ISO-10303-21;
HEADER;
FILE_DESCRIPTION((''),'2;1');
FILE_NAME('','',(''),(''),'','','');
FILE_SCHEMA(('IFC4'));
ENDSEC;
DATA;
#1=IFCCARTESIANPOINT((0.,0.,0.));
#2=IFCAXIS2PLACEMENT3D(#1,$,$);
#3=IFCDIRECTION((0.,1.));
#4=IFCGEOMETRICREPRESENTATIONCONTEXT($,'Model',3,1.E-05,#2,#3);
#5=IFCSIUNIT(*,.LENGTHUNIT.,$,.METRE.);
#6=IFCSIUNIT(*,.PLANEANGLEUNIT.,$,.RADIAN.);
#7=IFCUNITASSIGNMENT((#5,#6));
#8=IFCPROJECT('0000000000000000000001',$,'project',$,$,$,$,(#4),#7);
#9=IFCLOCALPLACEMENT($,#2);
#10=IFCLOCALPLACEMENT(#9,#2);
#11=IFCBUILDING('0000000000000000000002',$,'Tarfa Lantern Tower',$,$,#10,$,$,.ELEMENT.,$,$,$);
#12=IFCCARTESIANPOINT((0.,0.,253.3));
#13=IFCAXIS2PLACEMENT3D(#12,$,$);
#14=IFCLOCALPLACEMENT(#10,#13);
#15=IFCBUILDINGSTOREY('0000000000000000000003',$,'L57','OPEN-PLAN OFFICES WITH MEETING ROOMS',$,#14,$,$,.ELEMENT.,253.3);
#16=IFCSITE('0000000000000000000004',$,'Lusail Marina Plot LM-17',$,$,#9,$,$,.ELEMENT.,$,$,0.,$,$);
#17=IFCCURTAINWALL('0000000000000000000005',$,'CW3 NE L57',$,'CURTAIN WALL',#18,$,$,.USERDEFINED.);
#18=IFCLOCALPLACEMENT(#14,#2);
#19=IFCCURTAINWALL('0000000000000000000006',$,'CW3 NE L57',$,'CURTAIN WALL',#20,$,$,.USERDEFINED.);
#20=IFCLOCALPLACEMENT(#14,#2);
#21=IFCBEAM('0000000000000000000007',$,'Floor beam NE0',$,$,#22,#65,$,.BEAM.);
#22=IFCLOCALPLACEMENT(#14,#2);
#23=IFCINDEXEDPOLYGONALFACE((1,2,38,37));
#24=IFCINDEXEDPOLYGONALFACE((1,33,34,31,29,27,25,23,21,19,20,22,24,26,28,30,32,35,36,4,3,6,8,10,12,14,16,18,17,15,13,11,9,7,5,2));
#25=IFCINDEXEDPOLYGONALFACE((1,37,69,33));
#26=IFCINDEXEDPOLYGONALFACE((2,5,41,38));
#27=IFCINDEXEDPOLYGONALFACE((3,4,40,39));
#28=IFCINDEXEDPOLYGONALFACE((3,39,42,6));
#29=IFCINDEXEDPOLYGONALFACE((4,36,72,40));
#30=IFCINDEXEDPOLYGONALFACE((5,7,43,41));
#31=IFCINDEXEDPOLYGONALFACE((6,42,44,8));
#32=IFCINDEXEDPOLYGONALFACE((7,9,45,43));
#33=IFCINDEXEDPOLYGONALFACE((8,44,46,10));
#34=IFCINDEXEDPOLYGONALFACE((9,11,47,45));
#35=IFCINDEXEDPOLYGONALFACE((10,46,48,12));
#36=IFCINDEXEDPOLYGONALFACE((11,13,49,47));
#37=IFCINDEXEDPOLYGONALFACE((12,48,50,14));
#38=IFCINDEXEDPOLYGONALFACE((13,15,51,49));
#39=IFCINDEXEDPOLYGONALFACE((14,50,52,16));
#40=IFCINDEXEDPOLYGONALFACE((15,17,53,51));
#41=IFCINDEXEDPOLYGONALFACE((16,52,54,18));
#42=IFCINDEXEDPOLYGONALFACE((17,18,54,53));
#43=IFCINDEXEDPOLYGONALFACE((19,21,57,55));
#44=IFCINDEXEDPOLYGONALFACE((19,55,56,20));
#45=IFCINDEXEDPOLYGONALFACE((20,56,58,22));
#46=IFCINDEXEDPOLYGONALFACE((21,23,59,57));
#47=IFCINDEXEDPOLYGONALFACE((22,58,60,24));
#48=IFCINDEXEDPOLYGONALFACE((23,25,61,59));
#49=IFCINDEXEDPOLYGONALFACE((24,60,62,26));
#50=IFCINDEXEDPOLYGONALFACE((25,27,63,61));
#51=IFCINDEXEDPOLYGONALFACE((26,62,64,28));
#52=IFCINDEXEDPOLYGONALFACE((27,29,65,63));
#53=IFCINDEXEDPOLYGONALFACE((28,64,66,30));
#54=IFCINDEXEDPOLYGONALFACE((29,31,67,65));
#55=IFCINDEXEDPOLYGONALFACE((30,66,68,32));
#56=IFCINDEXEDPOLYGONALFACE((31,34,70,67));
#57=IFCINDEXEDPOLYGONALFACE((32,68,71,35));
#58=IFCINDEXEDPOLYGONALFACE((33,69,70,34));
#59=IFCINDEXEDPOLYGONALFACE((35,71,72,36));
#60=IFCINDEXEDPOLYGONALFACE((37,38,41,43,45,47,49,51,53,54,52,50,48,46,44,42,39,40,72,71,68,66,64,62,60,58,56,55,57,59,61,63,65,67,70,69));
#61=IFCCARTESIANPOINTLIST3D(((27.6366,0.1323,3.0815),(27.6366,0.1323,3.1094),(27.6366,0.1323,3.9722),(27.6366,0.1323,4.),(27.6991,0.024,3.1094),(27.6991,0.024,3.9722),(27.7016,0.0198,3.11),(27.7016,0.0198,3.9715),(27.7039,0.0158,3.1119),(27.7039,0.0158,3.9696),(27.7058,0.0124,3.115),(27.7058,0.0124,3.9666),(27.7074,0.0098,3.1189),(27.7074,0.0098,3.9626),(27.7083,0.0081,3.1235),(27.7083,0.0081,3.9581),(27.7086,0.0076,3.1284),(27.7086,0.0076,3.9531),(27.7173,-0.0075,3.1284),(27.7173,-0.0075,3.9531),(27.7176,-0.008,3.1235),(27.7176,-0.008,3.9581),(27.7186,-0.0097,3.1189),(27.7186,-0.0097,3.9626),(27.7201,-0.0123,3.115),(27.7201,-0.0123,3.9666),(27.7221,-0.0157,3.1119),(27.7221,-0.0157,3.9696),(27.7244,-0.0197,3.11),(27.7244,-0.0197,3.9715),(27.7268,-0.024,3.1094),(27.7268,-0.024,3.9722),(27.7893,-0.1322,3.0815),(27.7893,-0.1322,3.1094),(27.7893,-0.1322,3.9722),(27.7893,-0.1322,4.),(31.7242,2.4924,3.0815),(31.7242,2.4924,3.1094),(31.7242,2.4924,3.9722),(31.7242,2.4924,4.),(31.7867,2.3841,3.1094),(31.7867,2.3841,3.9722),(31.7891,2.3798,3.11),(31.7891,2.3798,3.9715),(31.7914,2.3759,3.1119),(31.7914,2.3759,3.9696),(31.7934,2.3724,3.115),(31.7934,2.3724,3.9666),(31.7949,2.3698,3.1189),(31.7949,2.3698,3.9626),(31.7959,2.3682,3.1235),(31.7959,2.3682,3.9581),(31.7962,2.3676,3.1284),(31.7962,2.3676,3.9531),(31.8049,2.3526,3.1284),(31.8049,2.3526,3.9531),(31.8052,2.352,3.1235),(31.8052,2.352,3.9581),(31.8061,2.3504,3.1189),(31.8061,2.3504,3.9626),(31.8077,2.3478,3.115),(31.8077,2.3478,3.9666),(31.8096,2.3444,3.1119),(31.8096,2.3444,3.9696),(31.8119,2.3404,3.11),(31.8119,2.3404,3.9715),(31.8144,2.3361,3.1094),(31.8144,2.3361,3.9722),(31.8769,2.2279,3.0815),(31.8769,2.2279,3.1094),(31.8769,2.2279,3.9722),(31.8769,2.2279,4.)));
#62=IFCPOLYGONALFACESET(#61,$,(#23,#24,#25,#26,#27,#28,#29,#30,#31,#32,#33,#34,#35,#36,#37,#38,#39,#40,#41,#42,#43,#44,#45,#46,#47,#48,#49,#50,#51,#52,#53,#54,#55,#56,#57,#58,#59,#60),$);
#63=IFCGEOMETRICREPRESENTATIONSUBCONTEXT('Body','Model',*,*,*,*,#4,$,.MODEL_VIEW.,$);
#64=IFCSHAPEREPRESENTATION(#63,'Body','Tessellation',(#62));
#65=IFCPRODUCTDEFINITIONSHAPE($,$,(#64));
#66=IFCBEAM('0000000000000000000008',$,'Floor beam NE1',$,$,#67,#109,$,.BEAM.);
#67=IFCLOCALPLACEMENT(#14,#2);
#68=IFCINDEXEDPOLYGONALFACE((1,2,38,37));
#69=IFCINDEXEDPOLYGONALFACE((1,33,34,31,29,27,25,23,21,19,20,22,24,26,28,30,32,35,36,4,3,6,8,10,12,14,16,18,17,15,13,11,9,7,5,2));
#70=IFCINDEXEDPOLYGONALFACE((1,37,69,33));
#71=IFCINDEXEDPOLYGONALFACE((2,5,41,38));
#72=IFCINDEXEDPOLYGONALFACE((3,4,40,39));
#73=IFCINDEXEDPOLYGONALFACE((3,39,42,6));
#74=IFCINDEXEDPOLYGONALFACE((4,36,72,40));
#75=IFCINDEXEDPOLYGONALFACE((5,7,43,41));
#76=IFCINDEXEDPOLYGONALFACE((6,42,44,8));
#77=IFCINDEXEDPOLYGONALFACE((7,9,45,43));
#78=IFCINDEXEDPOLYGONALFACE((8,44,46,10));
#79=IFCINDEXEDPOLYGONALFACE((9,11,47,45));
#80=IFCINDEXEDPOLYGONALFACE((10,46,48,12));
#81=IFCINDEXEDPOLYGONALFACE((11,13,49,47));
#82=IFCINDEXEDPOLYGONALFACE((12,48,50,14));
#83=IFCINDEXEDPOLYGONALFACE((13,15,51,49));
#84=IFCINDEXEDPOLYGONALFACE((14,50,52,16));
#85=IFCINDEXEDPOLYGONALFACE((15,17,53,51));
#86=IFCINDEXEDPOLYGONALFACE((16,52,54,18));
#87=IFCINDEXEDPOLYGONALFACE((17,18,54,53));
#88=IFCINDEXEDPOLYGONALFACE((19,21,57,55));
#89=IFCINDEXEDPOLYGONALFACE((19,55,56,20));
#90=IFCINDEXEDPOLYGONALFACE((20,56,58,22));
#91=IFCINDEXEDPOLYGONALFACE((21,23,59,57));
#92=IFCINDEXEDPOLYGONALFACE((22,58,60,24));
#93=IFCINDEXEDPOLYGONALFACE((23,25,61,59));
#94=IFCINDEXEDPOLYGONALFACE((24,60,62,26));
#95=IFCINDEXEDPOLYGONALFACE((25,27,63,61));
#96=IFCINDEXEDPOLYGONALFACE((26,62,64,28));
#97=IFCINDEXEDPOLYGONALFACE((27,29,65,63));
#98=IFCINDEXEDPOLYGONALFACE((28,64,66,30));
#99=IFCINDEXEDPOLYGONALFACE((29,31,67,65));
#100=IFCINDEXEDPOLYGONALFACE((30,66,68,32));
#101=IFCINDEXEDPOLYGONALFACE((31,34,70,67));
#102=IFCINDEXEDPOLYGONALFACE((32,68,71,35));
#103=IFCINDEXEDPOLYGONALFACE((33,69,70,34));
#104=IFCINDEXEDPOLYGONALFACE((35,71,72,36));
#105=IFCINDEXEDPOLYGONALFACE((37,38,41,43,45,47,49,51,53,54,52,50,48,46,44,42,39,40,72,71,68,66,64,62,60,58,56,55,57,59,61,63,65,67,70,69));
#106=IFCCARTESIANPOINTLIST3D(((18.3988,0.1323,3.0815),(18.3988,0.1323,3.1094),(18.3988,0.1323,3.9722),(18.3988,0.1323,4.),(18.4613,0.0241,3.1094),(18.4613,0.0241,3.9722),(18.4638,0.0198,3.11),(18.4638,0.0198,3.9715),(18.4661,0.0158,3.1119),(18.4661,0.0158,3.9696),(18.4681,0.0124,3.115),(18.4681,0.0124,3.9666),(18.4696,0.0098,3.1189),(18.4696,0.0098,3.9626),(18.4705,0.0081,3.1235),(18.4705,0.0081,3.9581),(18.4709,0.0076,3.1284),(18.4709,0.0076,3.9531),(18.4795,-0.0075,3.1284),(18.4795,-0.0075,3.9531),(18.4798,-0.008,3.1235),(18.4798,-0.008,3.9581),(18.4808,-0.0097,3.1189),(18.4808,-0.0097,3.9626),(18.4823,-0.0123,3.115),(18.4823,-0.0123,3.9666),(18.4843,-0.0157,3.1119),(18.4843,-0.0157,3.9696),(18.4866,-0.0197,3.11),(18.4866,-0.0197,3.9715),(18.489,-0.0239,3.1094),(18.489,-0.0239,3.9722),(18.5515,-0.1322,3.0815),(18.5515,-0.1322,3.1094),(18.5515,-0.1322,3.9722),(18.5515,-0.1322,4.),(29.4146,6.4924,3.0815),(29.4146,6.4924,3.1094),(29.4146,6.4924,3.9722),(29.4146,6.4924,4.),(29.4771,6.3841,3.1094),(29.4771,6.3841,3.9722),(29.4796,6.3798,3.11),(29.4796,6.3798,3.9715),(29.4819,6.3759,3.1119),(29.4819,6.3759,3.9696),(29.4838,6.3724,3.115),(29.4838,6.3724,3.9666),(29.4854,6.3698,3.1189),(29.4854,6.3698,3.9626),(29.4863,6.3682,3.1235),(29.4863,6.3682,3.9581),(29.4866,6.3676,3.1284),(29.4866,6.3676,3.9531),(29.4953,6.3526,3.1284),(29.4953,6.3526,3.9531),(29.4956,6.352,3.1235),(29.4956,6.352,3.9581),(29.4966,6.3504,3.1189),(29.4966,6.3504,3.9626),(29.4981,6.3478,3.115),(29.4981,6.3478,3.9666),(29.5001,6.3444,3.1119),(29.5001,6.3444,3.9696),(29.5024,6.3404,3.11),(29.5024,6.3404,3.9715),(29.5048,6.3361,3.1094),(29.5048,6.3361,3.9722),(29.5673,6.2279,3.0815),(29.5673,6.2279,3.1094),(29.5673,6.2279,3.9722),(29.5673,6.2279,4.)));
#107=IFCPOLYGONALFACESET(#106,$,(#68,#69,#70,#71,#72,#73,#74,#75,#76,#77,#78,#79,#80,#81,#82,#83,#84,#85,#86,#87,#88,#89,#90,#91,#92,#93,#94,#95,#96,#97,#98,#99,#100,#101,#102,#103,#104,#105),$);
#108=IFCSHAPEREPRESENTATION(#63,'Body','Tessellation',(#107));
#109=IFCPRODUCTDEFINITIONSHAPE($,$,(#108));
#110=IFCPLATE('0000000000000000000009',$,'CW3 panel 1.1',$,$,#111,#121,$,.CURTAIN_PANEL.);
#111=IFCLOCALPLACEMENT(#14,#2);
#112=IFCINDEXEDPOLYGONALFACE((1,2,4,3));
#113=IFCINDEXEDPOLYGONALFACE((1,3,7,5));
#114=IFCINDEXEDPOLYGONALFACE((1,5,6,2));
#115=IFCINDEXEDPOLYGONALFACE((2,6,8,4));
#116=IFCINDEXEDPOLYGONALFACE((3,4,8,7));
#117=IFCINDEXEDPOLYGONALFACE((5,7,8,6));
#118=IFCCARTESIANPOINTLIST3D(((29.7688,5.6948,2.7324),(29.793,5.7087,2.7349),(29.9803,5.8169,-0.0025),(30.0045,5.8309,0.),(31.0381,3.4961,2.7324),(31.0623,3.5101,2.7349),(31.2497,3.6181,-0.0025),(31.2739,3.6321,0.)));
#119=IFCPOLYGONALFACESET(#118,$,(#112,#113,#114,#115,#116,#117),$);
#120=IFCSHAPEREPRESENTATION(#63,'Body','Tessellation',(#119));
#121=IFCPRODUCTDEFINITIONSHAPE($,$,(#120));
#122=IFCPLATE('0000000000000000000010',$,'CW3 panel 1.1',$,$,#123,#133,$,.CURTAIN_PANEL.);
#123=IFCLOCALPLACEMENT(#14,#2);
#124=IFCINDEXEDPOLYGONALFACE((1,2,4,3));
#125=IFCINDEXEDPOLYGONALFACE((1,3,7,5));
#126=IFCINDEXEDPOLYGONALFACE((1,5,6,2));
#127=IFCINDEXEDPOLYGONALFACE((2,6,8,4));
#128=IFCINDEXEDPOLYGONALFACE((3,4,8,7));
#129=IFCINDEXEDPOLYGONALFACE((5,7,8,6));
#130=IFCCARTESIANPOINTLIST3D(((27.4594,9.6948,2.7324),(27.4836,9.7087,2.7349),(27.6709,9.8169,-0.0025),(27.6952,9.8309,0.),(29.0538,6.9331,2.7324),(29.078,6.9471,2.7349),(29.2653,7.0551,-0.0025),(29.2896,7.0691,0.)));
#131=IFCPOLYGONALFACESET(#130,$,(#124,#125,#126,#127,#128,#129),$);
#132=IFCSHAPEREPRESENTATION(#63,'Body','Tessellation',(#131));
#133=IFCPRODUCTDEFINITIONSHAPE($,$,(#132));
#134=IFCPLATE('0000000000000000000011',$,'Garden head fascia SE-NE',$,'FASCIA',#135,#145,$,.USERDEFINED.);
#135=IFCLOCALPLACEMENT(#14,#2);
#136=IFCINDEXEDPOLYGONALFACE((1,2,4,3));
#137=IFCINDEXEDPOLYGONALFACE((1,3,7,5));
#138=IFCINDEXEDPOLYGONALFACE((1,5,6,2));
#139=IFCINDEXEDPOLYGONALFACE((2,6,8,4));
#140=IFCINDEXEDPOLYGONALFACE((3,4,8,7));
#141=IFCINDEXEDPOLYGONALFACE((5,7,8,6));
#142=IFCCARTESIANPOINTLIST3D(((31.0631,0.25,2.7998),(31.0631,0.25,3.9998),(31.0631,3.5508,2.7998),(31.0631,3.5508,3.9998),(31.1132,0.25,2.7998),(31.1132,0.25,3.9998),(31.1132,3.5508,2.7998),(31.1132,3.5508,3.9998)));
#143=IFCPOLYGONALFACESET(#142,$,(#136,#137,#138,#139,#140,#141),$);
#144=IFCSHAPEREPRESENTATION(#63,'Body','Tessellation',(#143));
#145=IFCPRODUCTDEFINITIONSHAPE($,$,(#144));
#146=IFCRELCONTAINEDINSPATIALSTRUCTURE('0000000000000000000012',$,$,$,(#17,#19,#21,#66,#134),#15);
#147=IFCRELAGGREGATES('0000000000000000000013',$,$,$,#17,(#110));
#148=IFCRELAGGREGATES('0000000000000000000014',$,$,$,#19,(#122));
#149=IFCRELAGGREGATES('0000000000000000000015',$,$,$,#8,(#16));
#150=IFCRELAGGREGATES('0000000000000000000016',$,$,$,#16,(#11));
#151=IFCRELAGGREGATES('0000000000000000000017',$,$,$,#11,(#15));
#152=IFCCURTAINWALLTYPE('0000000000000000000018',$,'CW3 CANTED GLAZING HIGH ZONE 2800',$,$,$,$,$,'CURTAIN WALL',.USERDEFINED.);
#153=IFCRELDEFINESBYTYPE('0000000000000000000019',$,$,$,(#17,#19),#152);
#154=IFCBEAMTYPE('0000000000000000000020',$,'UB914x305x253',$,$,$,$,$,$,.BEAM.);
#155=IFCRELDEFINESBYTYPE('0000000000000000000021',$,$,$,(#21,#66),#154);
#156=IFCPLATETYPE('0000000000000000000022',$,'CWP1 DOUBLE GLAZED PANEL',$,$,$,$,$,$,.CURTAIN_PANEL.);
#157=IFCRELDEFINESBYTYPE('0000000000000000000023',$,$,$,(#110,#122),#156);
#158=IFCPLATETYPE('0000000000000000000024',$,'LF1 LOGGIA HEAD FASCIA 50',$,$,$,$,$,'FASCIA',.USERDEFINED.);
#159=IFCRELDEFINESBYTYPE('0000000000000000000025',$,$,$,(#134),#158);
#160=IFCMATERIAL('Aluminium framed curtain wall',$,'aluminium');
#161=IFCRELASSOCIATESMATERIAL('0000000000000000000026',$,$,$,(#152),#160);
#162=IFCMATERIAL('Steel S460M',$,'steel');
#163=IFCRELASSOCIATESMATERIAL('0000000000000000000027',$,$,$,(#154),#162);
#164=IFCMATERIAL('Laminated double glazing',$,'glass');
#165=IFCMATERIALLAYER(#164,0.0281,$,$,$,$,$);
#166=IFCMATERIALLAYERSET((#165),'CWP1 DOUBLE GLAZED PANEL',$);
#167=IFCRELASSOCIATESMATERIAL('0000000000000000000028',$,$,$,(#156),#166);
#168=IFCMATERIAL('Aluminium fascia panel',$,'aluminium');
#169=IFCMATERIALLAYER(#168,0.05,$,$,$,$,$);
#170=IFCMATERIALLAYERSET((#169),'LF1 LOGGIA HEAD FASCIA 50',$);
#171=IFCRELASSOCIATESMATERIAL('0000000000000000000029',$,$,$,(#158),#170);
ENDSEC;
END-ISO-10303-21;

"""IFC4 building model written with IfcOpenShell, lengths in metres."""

from ifc_helpers import new_model, si_unit, direction, frame, origin, origin_2d, place, context, subcontext, project, spatial, polyline, rectangle, i_section, outline, extrude, material, layer, layer_set, material_profile, profile_set, type_object, element, aggregate, save


model = new_model("IFC4")

# Units and contexts
model_context = context("Model", 3, precision=1e-05, world=origin(), true_north=direction((0.0, 1.0)))
body_context = subcontext(model_context, "Body", "Model", "MODEL_VIEW")
ifc_project = project(units=[si_unit("LENGTHUNIT", "METRE"), si_unit("PLANEANGLEUNIT", "RADIAN")], contexts=[model_context])

# Site, building, storey
site_placement = place(None, origin())
site = spatial("IfcSite", under=ifc_project, at=site_placement, Name="Lusail Marina Plot LM-17", CompositionType="ELEMENT", RefElevation=0.0)
building_placement = place(site_placement, origin())
building = spatial("IfcBuilding", under=site, at=building_placement, Name="Tarfa Lantern Tower", CompositionType="ELEMENT")
storey_placement = place(building_placement, frame((0.0, 0.0, 253.3)))
storey = spatial("IfcBuildingStorey", under=building, at=storey_placement, Name="L57", Description="OPEN-PLAN OFFICES WITH MEETING ROOMS", CompositionType="ELEMENT", Elevation=253.3)

# Curtain walls
ifc_material_1 = material(Name="Aluminium framed curtain wall", Category="aluminium")
curtain_wall_type = type_object("IfcCurtainWallType", Name="CW3 CANTED GLAZING HIGH ZONE 2800", ElementType="CURTAIN WALL", PredefinedType="USERDEFINED", material=ifc_material_1)
curtain_wall_1_placement = place(storey_placement, origin())
curtain_wall_1 = element("IfcCurtainWall", 1, at=curtain_wall_1_placement, inside=storey, type_object=curtain_wall_type, Name="CW3 NE L57", ObjectType="CURTAIN WALL", PredefinedType="USERDEFINED")
curtain_wall_2_placement = place(storey_placement, origin())
curtain_wall_2 = element("IfcCurtainWall", 2, at=curtain_wall_2_placement, inside=storey, type_object=curtain_wall_type, Name="CW3 NE L57", ObjectType="CURTAIN WALL", PredefinedType="USERDEFINED")

# Beams
ifc_material_2 = material(Name="Steel S460M", Category="steel")
ifc_material_profile_1 = material_profile(ifc_material_2, i_section(OverallWidth=0.3054, OverallDepth=0.9185, WebThickness=0.0173, FlangeThickness=0.0278, FilletRadius=0.019, at=origin_2d()), Name="UB914x305x253")
ifc_profile_set_1 = profile_set([ifc_material_profile_1], Name="Steel S460M")
beam_type_1 = type_object("IfcBeamType", Name="UB914x305x253", PredefinedType="BEAM", material=ifc_profile_set_1)
beam_1_placement = place(storey_placement, frame((31.8005, 2.3601, 3.5408), z_axis=(-0.866016, -0.500016, 0.0), x_axis=(0.500016, -0.866016, 0.0)))
element("IfcBeam", 3, at=beam_1_placement, inside=storey, type_object=beam_type_1, Name="Floor beam NE0", PredefinedType="BEAM", context=body_context, shape_type="SweptSolid", body=[
    extrude(i_section(OverallWidth=0.3054, OverallDepth=0.9185, WebThickness=0.0173, FlangeThickness=0.0278, FilletRadius=0.019, at=origin_2d()), origin(), (0.0, 0.0, 1.0), 4.72),
])
beam_2_placement = place(storey_placement, frame((29.491, 6.3601, 3.5408), z_axis=(-0.866022, -0.500005, 0.0), x_axis=(0.500005, -0.866022, 0.0)))
element("IfcBeam", 4, at=beam_2_placement, inside=storey, type_object=beam_type_1, Name="Floor beam NE1", PredefinedType="BEAM", context=body_context, shape_type="SweptSolid", body=[
    extrude(i_section(OverallWidth=0.3054, OverallDepth=0.9185, WebThickness=0.0173, FlangeThickness=0.0278, FilletRadius=0.019, at=origin_2d()), origin(), (0.0, 0.0, 1.0), 12.72),
])

# Plates
ifc_material_3 = material(Name="Laminated double glazing", Category="glass")
ifc_layer_1 = layer(ifc_material_3, 0.0281)
ifc_layer_set_1 = layer_set([ifc_layer_1], Name="CWP1 DOUBLE GLAZED PANEL")
plate_type_1 = type_object("IfcPlateType", Name="CWP1 DOUBLE GLAZED PANEL", PredefinedType="CURTAIN_PANEL", material=ifc_layer_set_1)
plate_1_placement = place(storey_placement, frame((31.2739, 3.6321, 0.0), z_axis=(0.862597, 0.49801, 0.088952), x_axis=(-0.499992, 0.86603, 0.000004)))
plate_1 = element("IfcPlate", 5, at=plate_1_placement, type_object=plate_type_1, Name="CW3 panel 1.1", PredefinedType="CURTAIN_PANEL", context=body_context, shape_type="SweptSolid", body=[
    extrude(outline(polyline([(0.0, 0.0), (2.5389, 0.0), (2.5389, 2.7457), (0.0001, 2.7458), (0.0, 0.0)])), origin(), (0.0, 0.0, -1.0), 0.0281),
])
aggregate(curtain_wall_1, [plate_1])
plate_2_placement = place(storey_placement, frame((29.2896, 7.0691, 0.0), z_axis=(0.862608, 0.49799, 0.088952), x_axis=(-0.499972, 0.866041, 0.000003)))
plate_2 = element("IfcPlate", 6, at=plate_2_placement, type_object=plate_type_1, Name="CW3 panel 1.1", PredefinedType="CURTAIN_PANEL", context=body_context, shape_type="SweptSolid", body=[
    extrude(outline(polyline([(0.0, 0.0), (3.189, 0.0), (3.189, 2.7457), (0.0001, 2.7458), (0.0, 0.0)])), origin(), (0.0, 0.0, -1.0), 0.0281),
])
aggregate(curtain_wall_2, [plate_2])
ifc_material_4 = material(Name="Aluminium fascia panel", Category="aluminium")
ifc_layer_2 = layer(ifc_material_4, 0.05)
ifc_layer_set_2 = layer_set([ifc_layer_2], Name="LF1 LOGGIA HEAD FASCIA 50")
plate_type_2 = type_object("IfcPlateType", Name="LF1 LOGGIA HEAD FASCIA 50", ElementType="FASCIA", PredefinedType="USERDEFINED", material=ifc_layer_set_2)
plate_3_placement = place(storey_placement, frame((31.0881, 1.9004, 2.7998), z_axis=(0.0, 0.0, 1.0), x_axis=(0.0, 1.0, 0.0)))
element("IfcPlate", 7, at=plate_3_placement, inside=storey, type_object=plate_type_2, Name="Garden head fascia SE-NE", ObjectType="FASCIA", PredefinedType="USERDEFINED", context=body_context, shape_type="SweptSolid", body=[
    extrude(rectangle(XDim=3.3008, YDim=0.05, at=origin_2d()), origin(), (0.0, 0.0, 1.0), 1.2),
])

save(model, "model.ifc")
